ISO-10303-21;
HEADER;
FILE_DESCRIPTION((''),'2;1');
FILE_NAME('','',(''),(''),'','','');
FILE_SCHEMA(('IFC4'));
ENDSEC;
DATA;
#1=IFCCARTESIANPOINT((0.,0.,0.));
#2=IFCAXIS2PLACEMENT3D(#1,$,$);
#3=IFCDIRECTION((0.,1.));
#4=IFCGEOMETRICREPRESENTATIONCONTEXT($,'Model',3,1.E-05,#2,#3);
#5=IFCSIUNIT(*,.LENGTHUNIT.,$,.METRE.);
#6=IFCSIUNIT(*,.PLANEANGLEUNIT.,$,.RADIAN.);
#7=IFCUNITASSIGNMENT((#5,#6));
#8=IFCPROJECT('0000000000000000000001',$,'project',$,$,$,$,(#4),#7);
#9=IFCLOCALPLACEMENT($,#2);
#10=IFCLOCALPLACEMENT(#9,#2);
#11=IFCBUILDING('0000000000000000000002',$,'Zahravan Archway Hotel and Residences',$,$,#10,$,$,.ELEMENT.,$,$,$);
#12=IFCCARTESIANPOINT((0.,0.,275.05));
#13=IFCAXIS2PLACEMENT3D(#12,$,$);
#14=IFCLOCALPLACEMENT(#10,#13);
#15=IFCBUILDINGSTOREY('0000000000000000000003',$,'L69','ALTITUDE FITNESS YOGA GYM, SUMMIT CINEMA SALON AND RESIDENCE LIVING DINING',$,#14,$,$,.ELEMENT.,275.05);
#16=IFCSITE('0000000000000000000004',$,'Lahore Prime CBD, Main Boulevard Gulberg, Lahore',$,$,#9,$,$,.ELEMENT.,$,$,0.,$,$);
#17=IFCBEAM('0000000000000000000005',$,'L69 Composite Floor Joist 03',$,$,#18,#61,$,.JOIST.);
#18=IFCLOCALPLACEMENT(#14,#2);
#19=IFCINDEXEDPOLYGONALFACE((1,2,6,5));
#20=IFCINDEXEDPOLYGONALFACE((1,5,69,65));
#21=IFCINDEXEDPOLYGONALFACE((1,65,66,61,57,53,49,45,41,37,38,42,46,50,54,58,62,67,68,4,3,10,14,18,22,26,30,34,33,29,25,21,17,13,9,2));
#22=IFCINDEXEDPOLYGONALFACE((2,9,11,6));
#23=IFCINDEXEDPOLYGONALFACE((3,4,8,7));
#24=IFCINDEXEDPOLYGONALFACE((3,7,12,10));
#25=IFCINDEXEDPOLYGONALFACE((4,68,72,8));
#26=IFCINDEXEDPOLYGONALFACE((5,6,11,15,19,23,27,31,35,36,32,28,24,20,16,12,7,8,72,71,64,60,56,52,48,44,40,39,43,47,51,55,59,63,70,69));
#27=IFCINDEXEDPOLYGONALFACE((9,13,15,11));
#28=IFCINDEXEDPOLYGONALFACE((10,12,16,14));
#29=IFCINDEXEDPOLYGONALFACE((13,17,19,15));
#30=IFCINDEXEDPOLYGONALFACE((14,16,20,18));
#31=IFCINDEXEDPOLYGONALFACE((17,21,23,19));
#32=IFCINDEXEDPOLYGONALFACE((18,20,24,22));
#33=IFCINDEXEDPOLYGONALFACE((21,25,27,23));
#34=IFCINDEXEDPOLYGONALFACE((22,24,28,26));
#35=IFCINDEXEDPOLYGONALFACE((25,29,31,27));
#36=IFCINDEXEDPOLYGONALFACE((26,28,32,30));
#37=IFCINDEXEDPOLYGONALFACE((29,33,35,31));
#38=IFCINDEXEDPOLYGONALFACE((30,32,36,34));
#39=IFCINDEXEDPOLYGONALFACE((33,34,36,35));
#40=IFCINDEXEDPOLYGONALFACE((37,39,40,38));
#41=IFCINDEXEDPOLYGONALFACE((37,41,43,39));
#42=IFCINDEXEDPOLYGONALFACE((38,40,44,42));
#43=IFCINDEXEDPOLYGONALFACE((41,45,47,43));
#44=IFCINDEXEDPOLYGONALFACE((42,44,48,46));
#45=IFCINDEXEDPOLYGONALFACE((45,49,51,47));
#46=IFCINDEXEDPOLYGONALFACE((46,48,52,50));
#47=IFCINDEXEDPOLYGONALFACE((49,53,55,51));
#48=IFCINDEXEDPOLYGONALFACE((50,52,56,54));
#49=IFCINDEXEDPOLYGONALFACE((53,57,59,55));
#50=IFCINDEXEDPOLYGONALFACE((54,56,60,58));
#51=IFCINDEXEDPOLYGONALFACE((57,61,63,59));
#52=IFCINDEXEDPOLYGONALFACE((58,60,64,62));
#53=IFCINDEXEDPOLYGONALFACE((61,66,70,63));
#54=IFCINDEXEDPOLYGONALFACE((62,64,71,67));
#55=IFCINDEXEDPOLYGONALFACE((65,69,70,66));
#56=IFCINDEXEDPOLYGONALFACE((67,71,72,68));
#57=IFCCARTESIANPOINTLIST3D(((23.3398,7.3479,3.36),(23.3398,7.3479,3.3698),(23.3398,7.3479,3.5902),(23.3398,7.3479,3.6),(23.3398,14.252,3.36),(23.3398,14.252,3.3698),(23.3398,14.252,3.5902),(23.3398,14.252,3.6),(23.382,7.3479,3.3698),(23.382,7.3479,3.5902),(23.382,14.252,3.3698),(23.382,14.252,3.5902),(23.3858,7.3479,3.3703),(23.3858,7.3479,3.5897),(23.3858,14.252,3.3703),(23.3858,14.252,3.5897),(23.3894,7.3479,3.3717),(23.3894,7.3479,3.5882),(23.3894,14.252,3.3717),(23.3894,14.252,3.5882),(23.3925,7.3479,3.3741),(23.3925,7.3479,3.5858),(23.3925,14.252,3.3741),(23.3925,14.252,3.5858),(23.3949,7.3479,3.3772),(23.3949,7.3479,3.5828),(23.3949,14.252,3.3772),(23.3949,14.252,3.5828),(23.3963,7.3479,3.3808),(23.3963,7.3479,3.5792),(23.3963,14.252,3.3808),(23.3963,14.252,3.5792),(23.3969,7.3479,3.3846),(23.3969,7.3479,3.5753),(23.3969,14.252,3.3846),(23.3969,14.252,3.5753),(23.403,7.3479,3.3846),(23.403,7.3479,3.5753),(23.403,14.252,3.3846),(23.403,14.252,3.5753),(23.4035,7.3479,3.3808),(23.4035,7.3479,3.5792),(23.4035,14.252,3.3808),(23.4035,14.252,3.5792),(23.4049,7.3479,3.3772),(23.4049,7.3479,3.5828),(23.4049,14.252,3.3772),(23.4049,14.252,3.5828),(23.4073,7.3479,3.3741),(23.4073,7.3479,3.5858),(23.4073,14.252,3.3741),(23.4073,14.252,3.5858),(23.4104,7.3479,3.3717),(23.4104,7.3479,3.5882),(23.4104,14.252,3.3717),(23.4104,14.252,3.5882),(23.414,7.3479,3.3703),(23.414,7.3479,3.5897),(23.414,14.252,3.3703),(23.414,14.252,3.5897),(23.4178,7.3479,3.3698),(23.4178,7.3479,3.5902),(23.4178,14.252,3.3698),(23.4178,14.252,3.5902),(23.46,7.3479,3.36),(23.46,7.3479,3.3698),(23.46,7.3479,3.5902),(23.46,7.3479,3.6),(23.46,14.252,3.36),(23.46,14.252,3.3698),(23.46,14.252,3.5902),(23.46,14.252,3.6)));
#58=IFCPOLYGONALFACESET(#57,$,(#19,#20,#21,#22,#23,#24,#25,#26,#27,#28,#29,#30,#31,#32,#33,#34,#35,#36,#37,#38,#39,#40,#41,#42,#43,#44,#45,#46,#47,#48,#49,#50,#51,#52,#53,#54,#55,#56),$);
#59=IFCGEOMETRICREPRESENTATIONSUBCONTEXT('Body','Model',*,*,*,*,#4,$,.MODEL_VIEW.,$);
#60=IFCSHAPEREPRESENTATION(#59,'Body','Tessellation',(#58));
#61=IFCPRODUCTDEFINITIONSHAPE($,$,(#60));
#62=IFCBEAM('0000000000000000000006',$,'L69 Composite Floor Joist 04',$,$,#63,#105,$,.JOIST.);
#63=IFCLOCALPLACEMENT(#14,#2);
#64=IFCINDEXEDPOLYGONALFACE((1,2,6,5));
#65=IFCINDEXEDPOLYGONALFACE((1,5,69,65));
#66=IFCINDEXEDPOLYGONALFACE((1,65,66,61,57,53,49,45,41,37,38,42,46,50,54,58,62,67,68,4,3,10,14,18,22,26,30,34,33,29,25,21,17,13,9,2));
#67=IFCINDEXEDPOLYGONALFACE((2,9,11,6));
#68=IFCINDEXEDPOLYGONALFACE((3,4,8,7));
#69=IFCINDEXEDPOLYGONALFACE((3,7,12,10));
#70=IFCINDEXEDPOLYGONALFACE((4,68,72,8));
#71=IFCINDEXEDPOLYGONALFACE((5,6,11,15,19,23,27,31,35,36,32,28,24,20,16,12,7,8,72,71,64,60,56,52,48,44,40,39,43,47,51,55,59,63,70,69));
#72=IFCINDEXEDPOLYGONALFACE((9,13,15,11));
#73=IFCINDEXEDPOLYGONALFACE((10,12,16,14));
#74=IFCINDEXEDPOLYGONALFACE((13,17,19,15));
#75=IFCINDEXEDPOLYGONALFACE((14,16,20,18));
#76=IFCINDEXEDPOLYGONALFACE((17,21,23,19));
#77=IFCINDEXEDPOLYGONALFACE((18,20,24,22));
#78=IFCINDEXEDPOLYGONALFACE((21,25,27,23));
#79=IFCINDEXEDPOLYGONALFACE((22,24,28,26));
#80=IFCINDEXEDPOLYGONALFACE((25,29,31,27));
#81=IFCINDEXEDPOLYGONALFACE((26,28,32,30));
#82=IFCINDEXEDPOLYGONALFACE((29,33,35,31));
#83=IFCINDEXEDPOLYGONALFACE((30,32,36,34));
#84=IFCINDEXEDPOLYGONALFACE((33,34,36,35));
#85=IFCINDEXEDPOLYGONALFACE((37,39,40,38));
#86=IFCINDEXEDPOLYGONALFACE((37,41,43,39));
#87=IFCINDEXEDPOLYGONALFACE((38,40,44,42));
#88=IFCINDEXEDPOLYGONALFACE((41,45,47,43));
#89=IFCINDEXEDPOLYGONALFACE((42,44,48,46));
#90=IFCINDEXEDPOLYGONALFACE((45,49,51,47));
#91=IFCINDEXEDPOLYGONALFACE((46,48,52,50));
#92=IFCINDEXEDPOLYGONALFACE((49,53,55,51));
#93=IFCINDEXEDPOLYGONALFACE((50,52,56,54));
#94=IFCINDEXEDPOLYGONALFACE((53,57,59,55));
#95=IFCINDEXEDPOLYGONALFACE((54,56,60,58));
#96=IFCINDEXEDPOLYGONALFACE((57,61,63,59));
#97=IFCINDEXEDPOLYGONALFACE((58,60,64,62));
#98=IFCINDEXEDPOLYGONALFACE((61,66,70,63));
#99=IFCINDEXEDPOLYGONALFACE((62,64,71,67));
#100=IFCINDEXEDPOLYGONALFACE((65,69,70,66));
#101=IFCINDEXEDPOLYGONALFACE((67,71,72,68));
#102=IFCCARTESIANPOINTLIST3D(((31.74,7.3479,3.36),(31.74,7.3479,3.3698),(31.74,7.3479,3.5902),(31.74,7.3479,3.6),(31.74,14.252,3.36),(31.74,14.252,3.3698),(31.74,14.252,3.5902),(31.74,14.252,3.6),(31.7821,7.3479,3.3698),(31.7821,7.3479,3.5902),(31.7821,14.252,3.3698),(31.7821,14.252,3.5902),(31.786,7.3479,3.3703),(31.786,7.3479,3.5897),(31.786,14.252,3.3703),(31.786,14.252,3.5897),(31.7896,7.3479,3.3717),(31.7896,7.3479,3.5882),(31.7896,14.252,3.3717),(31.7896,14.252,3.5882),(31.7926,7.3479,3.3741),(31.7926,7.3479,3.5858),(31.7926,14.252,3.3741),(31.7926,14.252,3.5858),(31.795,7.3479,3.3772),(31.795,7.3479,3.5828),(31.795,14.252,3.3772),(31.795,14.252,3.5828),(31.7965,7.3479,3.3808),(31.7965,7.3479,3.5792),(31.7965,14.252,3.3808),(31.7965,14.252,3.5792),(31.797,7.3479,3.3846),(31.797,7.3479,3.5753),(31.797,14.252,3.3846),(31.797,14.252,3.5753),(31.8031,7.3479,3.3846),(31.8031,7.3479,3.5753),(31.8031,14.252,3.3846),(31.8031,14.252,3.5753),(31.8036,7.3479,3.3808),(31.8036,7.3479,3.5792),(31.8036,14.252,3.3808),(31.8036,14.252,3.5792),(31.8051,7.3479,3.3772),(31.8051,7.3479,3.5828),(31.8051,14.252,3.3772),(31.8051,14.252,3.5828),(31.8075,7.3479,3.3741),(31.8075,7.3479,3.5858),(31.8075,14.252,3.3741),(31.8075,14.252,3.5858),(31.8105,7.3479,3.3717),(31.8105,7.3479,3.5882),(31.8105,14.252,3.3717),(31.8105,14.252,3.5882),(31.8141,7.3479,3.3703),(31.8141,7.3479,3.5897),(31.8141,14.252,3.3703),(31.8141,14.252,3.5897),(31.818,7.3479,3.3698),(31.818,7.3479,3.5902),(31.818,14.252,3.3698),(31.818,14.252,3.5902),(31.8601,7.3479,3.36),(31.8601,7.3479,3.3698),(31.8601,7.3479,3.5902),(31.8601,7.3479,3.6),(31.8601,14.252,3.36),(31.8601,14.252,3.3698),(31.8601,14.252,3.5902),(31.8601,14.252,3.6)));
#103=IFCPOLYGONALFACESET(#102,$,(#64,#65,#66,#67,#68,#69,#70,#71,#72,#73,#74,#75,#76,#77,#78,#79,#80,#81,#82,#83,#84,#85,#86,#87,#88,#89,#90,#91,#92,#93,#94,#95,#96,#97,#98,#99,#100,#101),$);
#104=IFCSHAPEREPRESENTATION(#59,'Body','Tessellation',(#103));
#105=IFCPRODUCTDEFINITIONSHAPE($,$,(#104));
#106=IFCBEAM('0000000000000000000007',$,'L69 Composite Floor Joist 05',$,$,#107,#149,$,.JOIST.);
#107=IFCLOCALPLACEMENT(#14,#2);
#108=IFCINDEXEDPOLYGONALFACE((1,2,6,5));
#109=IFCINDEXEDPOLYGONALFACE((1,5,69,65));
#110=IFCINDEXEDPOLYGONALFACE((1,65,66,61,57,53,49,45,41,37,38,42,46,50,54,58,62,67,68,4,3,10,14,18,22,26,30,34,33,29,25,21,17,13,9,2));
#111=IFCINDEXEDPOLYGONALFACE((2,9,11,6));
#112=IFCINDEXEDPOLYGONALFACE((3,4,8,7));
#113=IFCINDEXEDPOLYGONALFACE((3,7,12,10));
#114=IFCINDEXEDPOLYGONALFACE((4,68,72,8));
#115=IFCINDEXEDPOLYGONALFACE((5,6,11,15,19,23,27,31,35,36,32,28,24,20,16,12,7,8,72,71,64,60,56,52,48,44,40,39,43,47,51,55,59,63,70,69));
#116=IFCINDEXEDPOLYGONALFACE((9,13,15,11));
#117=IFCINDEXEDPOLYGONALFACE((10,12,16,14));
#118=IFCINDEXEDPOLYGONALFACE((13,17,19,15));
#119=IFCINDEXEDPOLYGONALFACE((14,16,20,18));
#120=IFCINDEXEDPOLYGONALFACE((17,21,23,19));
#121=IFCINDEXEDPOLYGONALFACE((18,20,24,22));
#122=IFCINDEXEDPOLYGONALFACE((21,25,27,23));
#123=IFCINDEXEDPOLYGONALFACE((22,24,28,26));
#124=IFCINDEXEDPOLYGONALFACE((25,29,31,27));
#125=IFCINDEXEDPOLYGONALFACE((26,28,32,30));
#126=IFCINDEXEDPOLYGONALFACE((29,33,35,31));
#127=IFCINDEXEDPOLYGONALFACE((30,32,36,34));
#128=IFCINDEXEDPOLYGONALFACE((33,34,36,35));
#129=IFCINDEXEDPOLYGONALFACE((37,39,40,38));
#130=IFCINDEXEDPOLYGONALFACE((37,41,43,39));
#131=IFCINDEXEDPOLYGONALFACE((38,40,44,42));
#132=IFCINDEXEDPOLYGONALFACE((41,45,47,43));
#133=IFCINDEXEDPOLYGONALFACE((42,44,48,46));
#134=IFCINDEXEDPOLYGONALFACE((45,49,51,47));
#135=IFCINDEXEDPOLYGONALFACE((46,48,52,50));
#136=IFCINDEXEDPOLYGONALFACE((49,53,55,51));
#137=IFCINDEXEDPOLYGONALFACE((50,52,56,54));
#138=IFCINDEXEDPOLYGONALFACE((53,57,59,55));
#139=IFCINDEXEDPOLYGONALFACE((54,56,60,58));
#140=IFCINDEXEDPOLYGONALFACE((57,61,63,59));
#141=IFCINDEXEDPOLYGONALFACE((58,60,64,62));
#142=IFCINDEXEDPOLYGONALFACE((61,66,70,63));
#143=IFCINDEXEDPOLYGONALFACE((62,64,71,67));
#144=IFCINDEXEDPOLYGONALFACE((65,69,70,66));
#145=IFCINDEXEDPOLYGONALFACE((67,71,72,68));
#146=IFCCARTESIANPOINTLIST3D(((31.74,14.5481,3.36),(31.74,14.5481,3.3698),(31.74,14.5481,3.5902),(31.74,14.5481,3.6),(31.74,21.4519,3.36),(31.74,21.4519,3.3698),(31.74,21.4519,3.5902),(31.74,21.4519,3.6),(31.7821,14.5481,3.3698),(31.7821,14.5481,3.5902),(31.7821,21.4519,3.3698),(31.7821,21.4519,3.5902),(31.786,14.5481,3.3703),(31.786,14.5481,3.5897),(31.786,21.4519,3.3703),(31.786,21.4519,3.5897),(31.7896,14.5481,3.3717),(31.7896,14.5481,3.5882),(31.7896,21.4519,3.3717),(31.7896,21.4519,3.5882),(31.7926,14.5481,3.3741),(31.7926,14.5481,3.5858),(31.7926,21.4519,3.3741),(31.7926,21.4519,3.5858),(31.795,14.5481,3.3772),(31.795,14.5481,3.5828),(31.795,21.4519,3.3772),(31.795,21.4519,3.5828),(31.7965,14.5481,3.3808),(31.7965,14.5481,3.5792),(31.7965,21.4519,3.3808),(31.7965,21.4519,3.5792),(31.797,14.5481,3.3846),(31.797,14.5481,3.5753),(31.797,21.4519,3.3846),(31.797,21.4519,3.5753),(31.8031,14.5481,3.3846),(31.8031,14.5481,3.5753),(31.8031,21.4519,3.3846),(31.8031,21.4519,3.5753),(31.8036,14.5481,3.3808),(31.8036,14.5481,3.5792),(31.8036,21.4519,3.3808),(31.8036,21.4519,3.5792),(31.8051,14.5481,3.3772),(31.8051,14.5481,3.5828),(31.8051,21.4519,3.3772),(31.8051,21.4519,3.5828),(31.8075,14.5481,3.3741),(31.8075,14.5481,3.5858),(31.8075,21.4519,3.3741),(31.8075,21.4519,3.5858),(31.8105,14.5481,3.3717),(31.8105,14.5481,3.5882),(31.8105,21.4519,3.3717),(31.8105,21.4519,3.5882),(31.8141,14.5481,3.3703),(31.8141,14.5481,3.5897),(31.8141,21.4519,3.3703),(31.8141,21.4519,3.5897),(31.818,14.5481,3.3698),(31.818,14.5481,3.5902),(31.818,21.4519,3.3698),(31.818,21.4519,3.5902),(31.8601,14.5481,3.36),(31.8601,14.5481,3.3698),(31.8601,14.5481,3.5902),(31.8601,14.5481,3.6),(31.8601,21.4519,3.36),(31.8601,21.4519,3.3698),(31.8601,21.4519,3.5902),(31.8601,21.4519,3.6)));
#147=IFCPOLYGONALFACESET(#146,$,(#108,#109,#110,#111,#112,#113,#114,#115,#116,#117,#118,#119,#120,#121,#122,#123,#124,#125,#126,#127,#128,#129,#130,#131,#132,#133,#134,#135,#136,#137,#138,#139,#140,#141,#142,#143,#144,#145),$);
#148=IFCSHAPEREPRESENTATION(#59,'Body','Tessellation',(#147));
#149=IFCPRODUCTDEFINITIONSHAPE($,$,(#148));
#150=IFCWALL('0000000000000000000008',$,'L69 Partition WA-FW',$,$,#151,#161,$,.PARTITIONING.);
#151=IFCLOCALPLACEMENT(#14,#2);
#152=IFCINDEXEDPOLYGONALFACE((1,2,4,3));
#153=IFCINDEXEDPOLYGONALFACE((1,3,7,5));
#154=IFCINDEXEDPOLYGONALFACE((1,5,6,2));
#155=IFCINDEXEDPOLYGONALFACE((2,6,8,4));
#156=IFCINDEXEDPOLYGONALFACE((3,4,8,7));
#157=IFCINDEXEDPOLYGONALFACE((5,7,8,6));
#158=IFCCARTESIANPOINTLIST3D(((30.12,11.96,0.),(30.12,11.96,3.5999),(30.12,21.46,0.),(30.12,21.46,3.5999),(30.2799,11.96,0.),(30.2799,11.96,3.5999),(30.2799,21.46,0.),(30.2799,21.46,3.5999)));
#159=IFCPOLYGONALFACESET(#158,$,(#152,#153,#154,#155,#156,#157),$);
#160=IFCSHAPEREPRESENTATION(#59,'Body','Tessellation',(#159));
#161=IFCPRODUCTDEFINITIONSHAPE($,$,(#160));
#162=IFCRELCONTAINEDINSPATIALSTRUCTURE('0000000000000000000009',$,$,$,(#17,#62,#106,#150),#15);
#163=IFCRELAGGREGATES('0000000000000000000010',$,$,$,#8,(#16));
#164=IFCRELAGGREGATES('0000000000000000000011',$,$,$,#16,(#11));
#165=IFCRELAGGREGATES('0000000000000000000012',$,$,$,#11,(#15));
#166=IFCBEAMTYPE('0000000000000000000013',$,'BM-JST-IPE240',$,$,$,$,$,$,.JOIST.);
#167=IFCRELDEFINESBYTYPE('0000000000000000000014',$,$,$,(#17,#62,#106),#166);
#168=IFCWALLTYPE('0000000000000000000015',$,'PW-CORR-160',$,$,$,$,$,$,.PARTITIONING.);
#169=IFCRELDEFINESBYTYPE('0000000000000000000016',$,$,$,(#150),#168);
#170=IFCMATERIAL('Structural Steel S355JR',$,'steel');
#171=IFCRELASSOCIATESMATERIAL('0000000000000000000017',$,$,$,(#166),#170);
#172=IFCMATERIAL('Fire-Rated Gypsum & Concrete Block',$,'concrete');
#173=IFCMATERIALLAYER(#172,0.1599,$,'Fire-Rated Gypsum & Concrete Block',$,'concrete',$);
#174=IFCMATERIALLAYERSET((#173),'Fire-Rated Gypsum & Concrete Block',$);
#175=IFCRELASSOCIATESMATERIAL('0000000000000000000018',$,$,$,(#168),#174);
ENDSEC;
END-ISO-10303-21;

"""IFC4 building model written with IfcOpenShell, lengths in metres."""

from ifc_helpers import new_model, si_unit, direction, frame, frame_2d, origin, origin_2d, place, context, subcontext, project, spatial, rectangle, i_section, extrude, source, transform, mapped, material, layer, layer_set, material_profile, profile_set, type_object, type_shapes, element, save


model = new_model("IFC4")

# Units and contexts
model_context = context("Model", 3, precision=1e-05, world=origin(), true_north=direction((0.0, 1.0)))
body_context = subcontext(model_context, "Body", "Model", "MODEL_VIEW")
ifc_project = project(units=[si_unit("LENGTHUNIT", "METRE"), si_unit("PLANEANGLEUNIT", "RADIAN")], contexts=[model_context])

# Site, building, storey
site_placement = place(None, origin())
site = spatial("IfcSite", under=ifc_project, at=site_placement, Name="Lahore Prime CBD, Main Boulevard Gulberg, Lahore", CompositionType="ELEMENT", RefElevation=0.0)
building_placement = place(site_placement, origin())
building = spatial("IfcBuilding", under=site, at=building_placement, Name="Zahravan Archway Hotel and Residences", CompositionType="ELEMENT")
storey_placement = place(building_placement, frame((0.0, 0.0, 275.05)))
storey = spatial("IfcBuildingStorey", under=building, at=storey_placement, Name="L69", Description="ALTITUDE FITNESS YOGA GYM, SUMMIT CINEMA SALON AND RESIDENCE LIVING DINING", CompositionType="ELEMENT", Elevation=275.05)

# Beams
ifc_material_1 = material(Name="Structural Steel S355JR", Category="steel")
ifc_material_profile_1 = material_profile(ifc_material_1, i_section(OverallWidth=0.1201, OverallDepth=0.24, WebThickness=0.0061, FlangeThickness=0.0098, FilletRadius=0.0149, at=origin_2d()), Name="IPE 240", Category="steel")
ifc_profile_set_1 = profile_set([ifc_material_profile_1], Name="Structural Steel S355JR")
beam_type_1 = type_object("IfcBeamType", Name="BM-JST-IPE240", PredefinedType="JOIST", material=ifc_profile_set_1)
shared_shape_1 = source(origin(), body_context, "Body", "SweptSolid", [
    extrude(i_section(OverallWidth=0.1201, OverallDepth=0.24, WebThickness=0.0061, FlangeThickness=0.0098, FilletRadius=0.0149, at=origin_2d()), origin(), (0.0, 0.0, 1.0), 6.9041),
])
type_shapes(beam_type_1, [shared_shape_1])
for number, where, z_axis, x_axis, name in (
    (1, (23.3999, 7.3479, 3.48), (0.0, 1.0, 0.0), (-1.0, 0.0, 0.0), "L69 Composite Floor Joist 03"),
    (2, (31.8, 7.3479, 3.48), (0.0, 1.0, 0.0), (-1.0, 0.0, 0.0), "L69 Composite Floor Joist 04"),
):
    element("IfcBeam", number, at=place(storey_placement, frame(where, z_axis=z_axis, x_axis=x_axis)), inside=storey, type_object=beam_type_1, Name=name, PredefinedType="JOIST", context=body_context, shape_type="MappedRepresentation", body=[
        mapped(shared_shape_1, transform((0.0, 0.0, 0.0), scale=1.0)),
    ])
shared_shape_2 = source(origin(), body_context, "Body", "SweptSolid", [
    extrude(i_section(OverallWidth=0.1201, OverallDepth=0.24, WebThickness=0.0061, FlangeThickness=0.0098, FilletRadius=0.0149, at=origin_2d()), origin(), (0.0, 0.0, 1.0), 6.9038),
])
beam_1_placement = place(storey_placement, frame((31.8, 14.5481, 3.48), z_axis=(0.0, 1.0, 0.0), x_axis=(-1.0, 0.0, 0.0)))
element("IfcBeam", 3, at=beam_1_placement, inside=storey, type_object=beam_type_1, Name="L69 Composite Floor Joist 05", PredefinedType="JOIST", context=body_context, shape_type="MappedRepresentation", body=[
    mapped(shared_shape_2, transform((0.0, 0.0, 0.0), scale=1.0)),
])

# Wall
ifc_material_2 = material(Name="Fire-Rated Gypsum & Concrete Block", Category="concrete")
ifc_layer_1 = layer(ifc_material_2, 0.1599, Name="Fire-Rated Gypsum & Concrete Block", Category="concrete")
ifc_layer_set_1 = layer_set([ifc_layer_1], Name="Fire-Rated Gypsum & Concrete Block")
wall_type_1 = type_object("IfcWallType", Name="PW-CORR-160", PredefinedType="PARTITIONING", material=ifc_layer_set_1)
wall_1_placement = place(storey_placement, frame((30.2, 11.96, 0.0), z_axis=(0.0, 0.0, 1.0), x_axis=(0.0, 1.0, 0.0)))
element("IfcWall", 4, at=wall_1_placement, inside=storey, type_object=wall_type_1, Name="L69 Partition WA-FW", PredefinedType="PARTITIONING", context=body_context, shape_type="SweptSolid", body=[
    extrude(rectangle(XDim=9.5, YDim=0.1599, at=frame_2d((4.75, 0.0))), origin(), (0.0, 0.0, 1.0), 3.5999),
])

save(model, "model.ifc")
